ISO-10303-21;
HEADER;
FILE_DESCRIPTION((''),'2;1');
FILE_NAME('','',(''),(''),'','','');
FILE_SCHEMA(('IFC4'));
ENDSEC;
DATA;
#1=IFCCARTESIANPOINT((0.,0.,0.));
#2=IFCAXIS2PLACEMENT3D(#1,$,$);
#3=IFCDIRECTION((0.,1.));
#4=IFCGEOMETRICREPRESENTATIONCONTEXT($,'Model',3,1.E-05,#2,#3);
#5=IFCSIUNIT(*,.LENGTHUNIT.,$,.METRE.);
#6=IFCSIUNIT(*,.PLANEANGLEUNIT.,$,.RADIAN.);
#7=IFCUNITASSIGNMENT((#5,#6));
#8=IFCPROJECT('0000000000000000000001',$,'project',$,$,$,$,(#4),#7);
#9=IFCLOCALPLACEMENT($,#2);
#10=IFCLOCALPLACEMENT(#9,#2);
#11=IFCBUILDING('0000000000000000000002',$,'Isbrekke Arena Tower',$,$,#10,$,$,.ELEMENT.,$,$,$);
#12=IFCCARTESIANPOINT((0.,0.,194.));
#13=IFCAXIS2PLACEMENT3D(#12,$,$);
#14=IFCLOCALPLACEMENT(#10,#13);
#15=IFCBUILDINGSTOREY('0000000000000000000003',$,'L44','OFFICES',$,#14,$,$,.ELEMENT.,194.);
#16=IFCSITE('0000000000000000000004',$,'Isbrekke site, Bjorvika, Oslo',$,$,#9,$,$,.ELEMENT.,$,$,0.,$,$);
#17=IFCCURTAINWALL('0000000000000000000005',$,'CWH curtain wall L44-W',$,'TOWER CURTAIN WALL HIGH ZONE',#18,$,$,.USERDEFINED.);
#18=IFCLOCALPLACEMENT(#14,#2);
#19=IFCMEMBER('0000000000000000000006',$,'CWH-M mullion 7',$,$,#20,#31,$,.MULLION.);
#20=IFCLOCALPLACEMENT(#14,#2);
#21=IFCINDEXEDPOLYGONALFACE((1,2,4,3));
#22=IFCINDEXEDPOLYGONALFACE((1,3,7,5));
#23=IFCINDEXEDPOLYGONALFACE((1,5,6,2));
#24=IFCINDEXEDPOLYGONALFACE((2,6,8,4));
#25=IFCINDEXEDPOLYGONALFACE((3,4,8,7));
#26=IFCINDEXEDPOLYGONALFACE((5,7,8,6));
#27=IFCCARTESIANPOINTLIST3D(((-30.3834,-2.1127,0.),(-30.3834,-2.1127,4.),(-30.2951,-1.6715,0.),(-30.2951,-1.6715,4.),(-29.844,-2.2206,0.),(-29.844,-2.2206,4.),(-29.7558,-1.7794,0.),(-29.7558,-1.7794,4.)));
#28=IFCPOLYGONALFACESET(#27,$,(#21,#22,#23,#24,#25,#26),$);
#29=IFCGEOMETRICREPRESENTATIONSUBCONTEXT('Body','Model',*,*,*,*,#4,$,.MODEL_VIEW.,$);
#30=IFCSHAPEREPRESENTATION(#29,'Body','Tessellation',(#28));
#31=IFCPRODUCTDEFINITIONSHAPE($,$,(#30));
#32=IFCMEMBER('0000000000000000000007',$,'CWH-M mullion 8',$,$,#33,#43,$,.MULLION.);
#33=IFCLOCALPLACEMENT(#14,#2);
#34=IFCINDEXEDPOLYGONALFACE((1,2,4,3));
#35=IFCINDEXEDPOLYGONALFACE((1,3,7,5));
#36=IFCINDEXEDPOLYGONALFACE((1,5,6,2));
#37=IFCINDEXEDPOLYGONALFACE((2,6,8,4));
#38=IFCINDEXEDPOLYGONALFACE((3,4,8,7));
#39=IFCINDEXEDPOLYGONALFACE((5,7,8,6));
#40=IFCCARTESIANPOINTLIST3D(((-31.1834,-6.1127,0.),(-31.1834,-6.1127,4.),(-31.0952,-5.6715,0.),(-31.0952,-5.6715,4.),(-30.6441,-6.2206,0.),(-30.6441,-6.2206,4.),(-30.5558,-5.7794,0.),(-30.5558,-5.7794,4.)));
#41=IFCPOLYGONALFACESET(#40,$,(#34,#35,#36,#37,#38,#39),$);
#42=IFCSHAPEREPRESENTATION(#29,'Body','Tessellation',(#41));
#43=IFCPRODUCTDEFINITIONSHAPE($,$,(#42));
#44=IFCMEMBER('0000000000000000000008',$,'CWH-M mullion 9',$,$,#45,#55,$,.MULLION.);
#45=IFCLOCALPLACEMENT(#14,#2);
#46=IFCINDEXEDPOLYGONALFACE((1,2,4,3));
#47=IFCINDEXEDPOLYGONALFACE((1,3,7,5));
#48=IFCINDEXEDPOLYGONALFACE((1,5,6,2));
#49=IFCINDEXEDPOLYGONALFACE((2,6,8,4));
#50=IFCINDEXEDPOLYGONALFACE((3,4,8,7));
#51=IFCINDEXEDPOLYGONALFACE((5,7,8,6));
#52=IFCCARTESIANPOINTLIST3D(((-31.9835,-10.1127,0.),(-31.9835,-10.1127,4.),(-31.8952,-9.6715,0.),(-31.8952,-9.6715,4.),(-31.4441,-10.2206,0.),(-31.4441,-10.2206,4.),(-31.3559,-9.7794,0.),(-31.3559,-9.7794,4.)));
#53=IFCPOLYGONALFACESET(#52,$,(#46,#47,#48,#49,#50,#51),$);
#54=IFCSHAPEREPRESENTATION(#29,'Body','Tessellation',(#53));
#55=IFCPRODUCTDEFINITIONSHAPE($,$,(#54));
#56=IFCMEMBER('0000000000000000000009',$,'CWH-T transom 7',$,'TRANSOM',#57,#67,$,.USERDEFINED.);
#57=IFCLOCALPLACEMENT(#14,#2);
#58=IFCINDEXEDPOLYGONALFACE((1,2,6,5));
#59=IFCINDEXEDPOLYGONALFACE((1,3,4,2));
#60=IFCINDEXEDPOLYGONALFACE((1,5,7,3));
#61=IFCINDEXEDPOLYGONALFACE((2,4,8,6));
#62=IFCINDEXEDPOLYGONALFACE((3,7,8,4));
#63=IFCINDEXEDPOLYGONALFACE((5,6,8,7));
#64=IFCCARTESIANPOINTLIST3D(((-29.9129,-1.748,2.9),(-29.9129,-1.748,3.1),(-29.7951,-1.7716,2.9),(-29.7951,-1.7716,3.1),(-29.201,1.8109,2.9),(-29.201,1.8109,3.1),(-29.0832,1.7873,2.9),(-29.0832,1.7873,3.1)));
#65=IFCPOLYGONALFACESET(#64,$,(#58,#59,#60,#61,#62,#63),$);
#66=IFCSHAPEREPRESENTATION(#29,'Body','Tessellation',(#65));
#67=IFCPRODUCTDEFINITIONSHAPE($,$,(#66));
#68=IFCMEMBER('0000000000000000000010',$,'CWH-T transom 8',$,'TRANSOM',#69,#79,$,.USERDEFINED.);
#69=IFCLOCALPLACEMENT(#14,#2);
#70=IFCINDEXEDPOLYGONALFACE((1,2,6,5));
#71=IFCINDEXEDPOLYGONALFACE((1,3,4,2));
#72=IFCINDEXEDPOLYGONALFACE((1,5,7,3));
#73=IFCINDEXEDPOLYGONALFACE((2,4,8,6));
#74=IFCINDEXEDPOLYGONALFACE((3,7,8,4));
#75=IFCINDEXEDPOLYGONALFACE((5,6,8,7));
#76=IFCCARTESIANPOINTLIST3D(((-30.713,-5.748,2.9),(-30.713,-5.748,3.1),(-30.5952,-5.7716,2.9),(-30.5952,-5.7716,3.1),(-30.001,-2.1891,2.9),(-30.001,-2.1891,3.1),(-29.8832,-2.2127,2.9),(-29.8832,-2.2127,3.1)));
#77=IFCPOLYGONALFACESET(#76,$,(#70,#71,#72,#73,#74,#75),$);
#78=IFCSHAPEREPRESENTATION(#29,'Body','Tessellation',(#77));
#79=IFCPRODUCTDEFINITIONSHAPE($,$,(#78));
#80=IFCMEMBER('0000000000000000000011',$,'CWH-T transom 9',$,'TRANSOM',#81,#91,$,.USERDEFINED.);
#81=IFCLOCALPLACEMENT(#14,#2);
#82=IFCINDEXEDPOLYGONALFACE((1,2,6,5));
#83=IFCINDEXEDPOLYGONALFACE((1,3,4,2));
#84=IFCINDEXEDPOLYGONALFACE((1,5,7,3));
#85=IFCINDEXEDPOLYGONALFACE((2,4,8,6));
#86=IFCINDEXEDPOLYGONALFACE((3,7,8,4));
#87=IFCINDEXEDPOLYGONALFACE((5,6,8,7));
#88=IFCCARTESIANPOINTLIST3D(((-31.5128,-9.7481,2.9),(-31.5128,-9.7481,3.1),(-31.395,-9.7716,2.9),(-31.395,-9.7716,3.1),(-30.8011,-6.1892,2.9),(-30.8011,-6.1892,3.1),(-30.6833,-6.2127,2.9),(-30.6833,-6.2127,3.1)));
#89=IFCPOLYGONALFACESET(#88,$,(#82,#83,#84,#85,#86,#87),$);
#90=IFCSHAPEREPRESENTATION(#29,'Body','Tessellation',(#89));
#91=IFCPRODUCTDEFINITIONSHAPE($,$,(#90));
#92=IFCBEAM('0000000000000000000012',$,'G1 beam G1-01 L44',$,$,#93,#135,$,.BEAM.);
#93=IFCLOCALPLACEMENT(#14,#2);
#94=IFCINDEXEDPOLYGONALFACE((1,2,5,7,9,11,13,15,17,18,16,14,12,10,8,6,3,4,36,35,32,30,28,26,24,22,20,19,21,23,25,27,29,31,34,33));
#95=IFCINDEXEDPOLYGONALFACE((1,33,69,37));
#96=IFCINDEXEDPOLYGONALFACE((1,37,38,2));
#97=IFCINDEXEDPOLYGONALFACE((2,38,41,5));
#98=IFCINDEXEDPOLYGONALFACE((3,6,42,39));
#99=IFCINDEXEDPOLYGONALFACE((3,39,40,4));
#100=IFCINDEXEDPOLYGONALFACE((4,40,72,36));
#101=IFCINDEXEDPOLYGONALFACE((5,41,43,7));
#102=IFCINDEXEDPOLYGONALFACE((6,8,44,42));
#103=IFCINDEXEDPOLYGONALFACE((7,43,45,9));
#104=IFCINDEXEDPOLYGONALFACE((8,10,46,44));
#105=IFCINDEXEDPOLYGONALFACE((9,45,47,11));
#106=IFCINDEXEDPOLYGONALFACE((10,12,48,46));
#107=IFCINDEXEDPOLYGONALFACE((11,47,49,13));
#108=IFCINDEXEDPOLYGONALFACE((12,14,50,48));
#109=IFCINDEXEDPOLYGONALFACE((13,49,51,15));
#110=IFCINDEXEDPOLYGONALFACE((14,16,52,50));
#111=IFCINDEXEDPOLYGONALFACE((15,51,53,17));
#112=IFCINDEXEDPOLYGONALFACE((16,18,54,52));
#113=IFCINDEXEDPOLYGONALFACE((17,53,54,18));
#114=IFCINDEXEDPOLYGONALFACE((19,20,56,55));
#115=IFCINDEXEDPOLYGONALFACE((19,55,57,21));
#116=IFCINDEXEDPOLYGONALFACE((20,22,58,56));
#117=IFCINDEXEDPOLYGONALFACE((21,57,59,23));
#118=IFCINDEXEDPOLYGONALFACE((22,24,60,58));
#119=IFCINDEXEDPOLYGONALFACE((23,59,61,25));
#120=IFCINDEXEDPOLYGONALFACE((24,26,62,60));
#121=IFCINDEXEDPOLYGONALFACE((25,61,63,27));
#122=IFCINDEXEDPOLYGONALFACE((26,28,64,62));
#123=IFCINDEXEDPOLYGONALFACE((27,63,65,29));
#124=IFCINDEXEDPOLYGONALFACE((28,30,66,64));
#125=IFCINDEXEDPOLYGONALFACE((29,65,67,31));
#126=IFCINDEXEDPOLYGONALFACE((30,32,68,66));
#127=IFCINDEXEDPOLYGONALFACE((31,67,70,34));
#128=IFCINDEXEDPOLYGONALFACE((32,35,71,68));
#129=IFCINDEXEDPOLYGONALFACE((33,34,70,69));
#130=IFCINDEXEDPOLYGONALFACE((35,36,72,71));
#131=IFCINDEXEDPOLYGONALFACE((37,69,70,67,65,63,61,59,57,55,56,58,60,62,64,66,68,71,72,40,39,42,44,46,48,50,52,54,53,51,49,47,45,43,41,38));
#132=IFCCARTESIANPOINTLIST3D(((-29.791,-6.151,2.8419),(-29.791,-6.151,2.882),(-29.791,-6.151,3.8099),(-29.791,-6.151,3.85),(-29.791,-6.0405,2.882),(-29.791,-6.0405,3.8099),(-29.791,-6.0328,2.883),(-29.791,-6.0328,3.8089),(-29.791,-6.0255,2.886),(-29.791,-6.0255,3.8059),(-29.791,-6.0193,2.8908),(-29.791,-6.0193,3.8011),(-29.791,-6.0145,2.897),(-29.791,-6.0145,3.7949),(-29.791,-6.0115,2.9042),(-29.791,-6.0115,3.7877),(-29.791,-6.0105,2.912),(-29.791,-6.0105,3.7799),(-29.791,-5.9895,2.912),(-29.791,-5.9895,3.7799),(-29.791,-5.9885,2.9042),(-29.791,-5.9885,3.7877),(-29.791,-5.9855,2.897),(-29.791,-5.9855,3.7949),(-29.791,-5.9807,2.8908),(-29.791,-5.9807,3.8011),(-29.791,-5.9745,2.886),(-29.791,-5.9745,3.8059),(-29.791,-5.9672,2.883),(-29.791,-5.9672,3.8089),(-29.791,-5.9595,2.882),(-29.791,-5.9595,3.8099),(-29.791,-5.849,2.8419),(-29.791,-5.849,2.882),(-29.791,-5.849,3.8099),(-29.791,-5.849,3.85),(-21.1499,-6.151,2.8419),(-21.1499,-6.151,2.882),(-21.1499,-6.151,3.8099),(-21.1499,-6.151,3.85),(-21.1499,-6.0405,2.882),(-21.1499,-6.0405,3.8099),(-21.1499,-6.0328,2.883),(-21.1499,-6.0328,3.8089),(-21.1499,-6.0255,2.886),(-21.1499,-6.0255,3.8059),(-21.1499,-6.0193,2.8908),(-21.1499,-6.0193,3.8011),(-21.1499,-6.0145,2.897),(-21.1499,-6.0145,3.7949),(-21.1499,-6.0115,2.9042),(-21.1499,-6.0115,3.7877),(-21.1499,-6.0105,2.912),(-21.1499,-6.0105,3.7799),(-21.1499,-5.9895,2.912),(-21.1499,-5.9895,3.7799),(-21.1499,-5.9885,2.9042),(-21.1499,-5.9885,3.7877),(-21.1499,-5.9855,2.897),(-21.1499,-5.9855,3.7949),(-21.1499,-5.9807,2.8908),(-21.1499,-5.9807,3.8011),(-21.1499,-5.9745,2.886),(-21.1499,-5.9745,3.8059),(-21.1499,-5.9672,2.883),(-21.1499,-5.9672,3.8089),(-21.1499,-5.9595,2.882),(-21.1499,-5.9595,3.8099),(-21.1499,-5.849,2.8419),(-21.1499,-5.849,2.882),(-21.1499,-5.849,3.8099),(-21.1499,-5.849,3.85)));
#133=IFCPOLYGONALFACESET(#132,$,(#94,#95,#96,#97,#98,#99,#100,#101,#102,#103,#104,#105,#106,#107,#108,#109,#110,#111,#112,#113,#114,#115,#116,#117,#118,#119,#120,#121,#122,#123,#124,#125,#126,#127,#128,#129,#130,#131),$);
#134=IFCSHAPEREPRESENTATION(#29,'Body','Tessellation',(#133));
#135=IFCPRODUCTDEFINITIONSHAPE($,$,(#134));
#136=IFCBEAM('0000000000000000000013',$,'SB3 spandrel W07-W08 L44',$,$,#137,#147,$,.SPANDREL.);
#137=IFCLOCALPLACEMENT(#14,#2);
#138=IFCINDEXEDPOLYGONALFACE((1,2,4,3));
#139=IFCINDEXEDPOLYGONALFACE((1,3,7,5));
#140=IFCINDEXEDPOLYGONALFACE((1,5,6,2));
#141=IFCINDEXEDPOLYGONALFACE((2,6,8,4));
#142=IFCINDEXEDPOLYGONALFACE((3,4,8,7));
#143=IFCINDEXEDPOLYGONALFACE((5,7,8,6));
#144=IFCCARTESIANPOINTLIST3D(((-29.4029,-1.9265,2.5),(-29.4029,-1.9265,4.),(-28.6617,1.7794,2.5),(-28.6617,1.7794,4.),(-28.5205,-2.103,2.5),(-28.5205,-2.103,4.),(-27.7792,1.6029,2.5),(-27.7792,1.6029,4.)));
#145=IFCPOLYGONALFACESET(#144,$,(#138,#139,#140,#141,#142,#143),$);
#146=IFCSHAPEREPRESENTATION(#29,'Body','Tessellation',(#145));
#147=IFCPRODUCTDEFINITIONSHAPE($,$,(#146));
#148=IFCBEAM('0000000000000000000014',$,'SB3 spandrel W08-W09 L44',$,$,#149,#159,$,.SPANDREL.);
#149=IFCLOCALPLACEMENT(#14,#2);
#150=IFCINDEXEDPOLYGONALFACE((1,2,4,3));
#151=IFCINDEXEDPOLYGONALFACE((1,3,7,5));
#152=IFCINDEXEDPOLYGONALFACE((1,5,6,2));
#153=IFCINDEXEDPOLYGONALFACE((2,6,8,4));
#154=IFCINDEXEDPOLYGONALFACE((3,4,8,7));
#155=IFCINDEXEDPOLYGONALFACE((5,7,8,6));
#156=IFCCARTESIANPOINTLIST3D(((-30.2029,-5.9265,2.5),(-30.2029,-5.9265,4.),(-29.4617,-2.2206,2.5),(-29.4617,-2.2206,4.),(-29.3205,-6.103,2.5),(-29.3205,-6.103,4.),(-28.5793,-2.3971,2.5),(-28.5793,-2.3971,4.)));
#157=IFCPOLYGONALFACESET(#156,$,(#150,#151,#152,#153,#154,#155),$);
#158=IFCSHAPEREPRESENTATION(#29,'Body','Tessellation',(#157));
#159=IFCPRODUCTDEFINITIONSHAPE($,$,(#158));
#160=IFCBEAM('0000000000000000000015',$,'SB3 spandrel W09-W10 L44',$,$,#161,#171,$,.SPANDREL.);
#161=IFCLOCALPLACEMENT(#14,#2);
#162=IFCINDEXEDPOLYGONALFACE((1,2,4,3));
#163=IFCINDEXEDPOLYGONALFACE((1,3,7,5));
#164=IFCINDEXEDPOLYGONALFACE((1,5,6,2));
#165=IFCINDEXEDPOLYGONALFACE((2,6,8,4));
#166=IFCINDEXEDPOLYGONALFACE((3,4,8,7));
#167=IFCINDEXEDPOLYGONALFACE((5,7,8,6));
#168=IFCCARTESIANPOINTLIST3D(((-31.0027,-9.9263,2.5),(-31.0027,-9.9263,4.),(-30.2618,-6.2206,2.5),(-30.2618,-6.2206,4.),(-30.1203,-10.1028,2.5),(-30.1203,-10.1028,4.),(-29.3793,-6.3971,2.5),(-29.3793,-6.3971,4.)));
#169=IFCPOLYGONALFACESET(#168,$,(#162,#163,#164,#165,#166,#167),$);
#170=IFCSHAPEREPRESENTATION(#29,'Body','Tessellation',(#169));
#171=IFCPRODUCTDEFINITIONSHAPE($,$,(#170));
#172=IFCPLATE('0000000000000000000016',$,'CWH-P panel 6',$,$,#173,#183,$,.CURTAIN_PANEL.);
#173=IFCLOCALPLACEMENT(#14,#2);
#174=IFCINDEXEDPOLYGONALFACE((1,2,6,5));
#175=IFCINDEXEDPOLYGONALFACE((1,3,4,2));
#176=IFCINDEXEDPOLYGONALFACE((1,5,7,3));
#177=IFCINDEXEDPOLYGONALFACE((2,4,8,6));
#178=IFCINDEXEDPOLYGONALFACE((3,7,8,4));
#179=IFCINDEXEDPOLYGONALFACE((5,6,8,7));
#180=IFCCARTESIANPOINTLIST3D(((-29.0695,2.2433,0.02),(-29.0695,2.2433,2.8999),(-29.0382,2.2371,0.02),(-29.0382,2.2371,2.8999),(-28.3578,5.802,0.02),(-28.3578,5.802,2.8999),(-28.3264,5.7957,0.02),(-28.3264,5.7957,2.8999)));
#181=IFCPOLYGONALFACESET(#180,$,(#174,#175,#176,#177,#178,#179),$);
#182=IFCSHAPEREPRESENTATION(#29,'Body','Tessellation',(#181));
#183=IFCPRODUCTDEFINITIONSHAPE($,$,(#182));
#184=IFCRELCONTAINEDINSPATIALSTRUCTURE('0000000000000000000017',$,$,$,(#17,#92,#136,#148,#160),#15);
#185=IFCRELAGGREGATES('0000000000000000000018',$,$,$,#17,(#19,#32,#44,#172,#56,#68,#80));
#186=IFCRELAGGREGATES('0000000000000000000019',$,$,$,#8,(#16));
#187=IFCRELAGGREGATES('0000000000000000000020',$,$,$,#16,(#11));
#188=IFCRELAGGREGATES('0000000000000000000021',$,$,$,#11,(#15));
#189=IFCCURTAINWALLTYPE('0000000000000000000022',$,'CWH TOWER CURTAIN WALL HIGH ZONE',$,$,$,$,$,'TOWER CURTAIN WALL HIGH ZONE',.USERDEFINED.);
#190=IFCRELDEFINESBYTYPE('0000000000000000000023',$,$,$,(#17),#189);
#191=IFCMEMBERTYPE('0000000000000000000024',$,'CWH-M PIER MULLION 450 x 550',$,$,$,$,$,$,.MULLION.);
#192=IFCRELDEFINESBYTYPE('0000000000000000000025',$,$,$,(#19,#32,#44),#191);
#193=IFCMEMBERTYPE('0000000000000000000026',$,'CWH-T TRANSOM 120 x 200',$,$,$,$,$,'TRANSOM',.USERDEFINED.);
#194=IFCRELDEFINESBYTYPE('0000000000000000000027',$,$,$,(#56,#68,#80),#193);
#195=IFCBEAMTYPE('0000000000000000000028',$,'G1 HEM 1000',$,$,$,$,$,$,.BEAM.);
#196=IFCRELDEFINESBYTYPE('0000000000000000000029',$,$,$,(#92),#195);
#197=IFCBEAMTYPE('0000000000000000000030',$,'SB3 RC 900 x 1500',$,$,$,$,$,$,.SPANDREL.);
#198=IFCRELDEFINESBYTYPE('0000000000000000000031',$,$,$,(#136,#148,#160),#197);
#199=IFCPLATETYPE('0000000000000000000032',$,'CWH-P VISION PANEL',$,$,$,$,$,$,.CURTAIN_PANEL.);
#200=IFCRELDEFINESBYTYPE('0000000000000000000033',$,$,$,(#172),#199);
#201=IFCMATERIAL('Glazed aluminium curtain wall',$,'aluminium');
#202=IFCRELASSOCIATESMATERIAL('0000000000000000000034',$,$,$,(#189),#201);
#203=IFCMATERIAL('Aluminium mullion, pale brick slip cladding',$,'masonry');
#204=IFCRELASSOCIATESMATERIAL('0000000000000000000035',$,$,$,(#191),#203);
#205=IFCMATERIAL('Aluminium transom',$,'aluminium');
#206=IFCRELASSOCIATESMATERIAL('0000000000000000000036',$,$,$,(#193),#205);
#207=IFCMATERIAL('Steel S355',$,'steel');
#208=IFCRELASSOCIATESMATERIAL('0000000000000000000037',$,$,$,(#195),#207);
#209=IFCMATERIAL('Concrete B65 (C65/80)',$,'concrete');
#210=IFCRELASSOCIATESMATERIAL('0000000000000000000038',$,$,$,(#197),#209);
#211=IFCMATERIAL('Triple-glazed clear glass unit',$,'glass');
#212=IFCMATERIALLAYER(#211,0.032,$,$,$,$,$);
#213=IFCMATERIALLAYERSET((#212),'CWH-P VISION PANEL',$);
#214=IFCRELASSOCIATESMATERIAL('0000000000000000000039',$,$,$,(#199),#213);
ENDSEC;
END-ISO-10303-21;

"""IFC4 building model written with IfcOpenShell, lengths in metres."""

from ifc_helpers import new_model, si_unit, direction, frame, origin, origin_2d, place, context, subcontext, project, spatial, rectangle, i_section, extrude, material, layer, layer_set, material_profile, profile_set, type_object, element, aggregate, save


model = new_model("IFC4")

# Units and contexts
model_context = context("Model", 3, precision=1e-05, world=origin(), true_north=direction((0.0, 1.0)))
body_context = subcontext(model_context, "Body", "Model", "MODEL_VIEW")
ifc_project = project(units=[si_unit("LENGTHUNIT", "METRE"), si_unit("PLANEANGLEUNIT", "RADIAN")], contexts=[model_context])

# Site, building, storey
site_placement = place(None, origin())
site = spatial("IfcSite", under=ifc_project, at=site_placement, Name="Isbrekke site, Bjorvika, Oslo", CompositionType="ELEMENT", RefElevation=0.0)
building_placement = place(site_placement, origin())
building = spatial("IfcBuilding", under=site, at=building_placement, Name="Isbrekke Arena Tower", CompositionType="ELEMENT")
storey_placement = place(building_placement, frame((0.0, 0.0, 194.0)))
storey = spatial("IfcBuildingStorey", under=building, at=storey_placement, Name="L44", Description="OFFICES", CompositionType="ELEMENT", Elevation=194.0)

# Curtain wall, members
ifc_material_1 = material(Name="Glazed aluminium curtain wall", Category="aluminium")
curtain_wall_type = type_object("IfcCurtainWallType", Name="CWH TOWER CURTAIN WALL HIGH ZONE", ElementType="TOWER CURTAIN WALL HIGH ZONE", PredefinedType="USERDEFINED", material=ifc_material_1)
curtain_wall_placement = place(storey_placement, origin())
curtain_wall = element("IfcCurtainWall", 1, at=curtain_wall_placement, inside=storey, type_object=curtain_wall_type, Name="CWH curtain wall L44-W", ObjectType="TOWER CURTAIN WALL HIGH ZONE", PredefinedType="USERDEFINED")
ifc_material_2 = material(Name="Aluminium mullion, pale brick slip cladding", Category="masonry")
ifc_material_profile_1 = material_profile(ifc_material_2, rectangle(XDim=0.45, YDim=0.55, at=origin_2d()), Name="PIER 450X550")
ifc_profile_set_1 = profile_set([ifc_material_profile_1], Name="Aluminium mullion, pale brick slip cladding")
member_type_1 = type_object("IfcMemberType", Name="CWH-M PIER MULLION 450 x 550", PredefinedType="MULLION", material=ifc_profile_set_1)
member_1_placement = place(storey_placement, frame((-30.0696, -1.946, 0.0), z_axis=(0.0, 0.0, 1.0), x_axis=(-0.196116, -0.980581, 0.0)))
member_1 = element("IfcMember", 2, at=member_1_placement, type_object=member_type_1, Name="CWH-M mullion 7", PredefinedType="MULLION", context=body_context, shape_type="SweptSolid", body=[
    extrude(rectangle(XDim=0.45, YDim=0.55, at=origin_2d()), origin(), (0.0, 0.0, 1.0), 4.0),
])
member_2_placement = place(storey_placement, frame((-30.8696, -5.946, 0.0), z_axis=(0.0, 0.0, 1.0), x_axis=(-0.196116, -0.980581, 0.0)))
member_2 = element("IfcMember", 3, at=member_2_placement, type_object=member_type_1, Name="CWH-M mullion 8", PredefinedType="MULLION", context=body_context, shape_type="SweptSolid", body=[
    extrude(rectangle(XDim=0.45, YDim=0.55, at=origin_2d()), origin(), (0.0, 0.0, 1.0), 4.0),
])
member_3_placement = place(storey_placement, frame((-31.6697, -9.946, 0.0), z_axis=(0.0, 0.0, 1.0), x_axis=(-0.196116, -0.980581, 0.0)))
member_3 = element("IfcMember", 4, at=member_3_placement, type_object=member_type_1, Name="CWH-M mullion 9", PredefinedType="MULLION", context=body_context, shape_type="SweptSolid", body=[
    extrude(rectangle(XDim=0.45, YDim=0.55, at=origin_2d()), origin(), (0.0, 0.0, 1.0), 4.0),
])
ifc_material_3 = material(Name="Aluminium transom", Category="aluminium")
ifc_material_profile_2 = material_profile(ifc_material_3, rectangle(XDim=0.1201, YDim=0.2, at=origin_2d()), Name="TRANSOM 120X200")
ifc_profile_set_2 = profile_set([ifc_material_profile_2], Name="Aluminium transom")
member_type_2 = type_object("IfcMemberType", Name="CWH-T TRANSOM 120 x 200", ElementType="TRANSOM", PredefinedType="USERDEFINED", material=ifc_profile_set_2)
member_4_placement = place(storey_placement, frame((-29.1421, 1.7991, 3.0), z_axis=(-0.196155, -0.980573, 0.0), x_axis=(0.980573, -0.196155, 0.0)))
member_4 = element("IfcMember", 5, at=member_4_placement, type_object=member_type_2, Name="CWH-T transom 7", ObjectType="TRANSOM", PredefinedType="USERDEFINED", context=body_context, shape_type="SweptSolid", body=[
    extrude(rectangle(XDim=0.1201, YDim=0.2, at=origin_2d()), origin(), (0.0, 0.0, 1.0), 3.6294),
])
member_5_placement = place(storey_placement, frame((-29.9421, -2.2009, 3.0), z_axis=(-0.196155, -0.980573, 0.0), x_axis=(0.980573, -0.196155, 0.0)))
member_5 = element("IfcMember", 6, at=member_5_placement, type_object=member_type_2, Name="CWH-T transom 8", ObjectType="TRANSOM", PredefinedType="USERDEFINED", context=body_context, shape_type="SweptSolid", body=[
    extrude(rectangle(XDim=0.1201, YDim=0.2, at=origin_2d()), origin(), (0.0, 0.0, 1.0), 3.6294),
])
member_6_placement = place(storey_placement, frame((-30.7422, -6.2009, 3.0), z_axis=(-0.19609, -0.980586, 0.0), x_axis=(0.980586, -0.19609, 0.0)))
member_6 = element("IfcMember", 7, at=member_6_placement, type_object=member_type_2, Name="CWH-T transom 9", ObjectType="TRANSOM", PredefinedType="USERDEFINED", context=body_context, shape_type="SweptSolid", body=[
    extrude(rectangle(XDim=0.1201, YDim=0.2, at=origin_2d()), origin(), (0.0, 0.0, 1.0), 3.6294),
])

# Beams
ifc_material_4 = material(Name="Steel S355", Category="steel")
ifc_material_profile_3 = material_profile(ifc_material_4, i_section(OverallWidth=0.302, OverallDepth=1.0081, WebThickness=0.021, FlangeThickness=0.04, FilletRadius=0.03, at=origin_2d()), Name="HEM 1000")
ifc_profile_set_3 = profile_set([ifc_material_profile_3], Name="Steel S355")
beam_type_1 = type_object("IfcBeamType", Name="G1 HEM 1000", PredefinedType="BEAM", material=ifc_profile_set_3)
beam_1_placement = place(storey_placement, frame((-29.791, -6.0, 3.3459), z_axis=(1.0, 0.0, 0.0), x_axis=(0.0, 1.0, 0.0)))
element("IfcBeam", 8, at=beam_1_placement, inside=storey, type_object=beam_type_1, Name="G1 beam G1-01 L44", PredefinedType="BEAM", context=body_context, shape_type="SweptSolid", body=[
    extrude(i_section(OverallWidth=0.302, OverallDepth=1.0081, WebThickness=0.021, FlangeThickness=0.04, FilletRadius=0.03, at=origin_2d()), origin(), (0.0, 0.0, 1.0), 8.6411),
])
ifc_material_5 = material(Name="Concrete B65 (C65/80)", Category="concrete")
ifc_material_profile_4 = material_profile(ifc_material_5, rectangle(XDim=0.8999, YDim=1.5, at=origin_2d()), Name="RC 900x1500")
ifc_profile_set_4 = profile_set([ifc_material_profile_4], Name="Concrete B65 (C65/80)")
beam_type_2 = type_object("IfcBeamType", Name="SB3 RC 900 x 1500", PredefinedType="SPANDREL", material=ifc_profile_set_4)
for number, where, z_axis, x_axis, name in (
    (9, (-28.2205, 1.6912, 3.25), (-0.196129, -0.980578, 0.0), (0.980578, -0.196129, 0.0), "SB3 spandrel W07-W08 L44"),
    (10, (-29.0205, -2.3088, 3.25), (-0.196129, -0.980578, 0.0), (0.980578, -0.196129, 0.0), "SB3 spandrel W08-W09 L44"),
):
    element("IfcBeam", number, at=place(storey_placement, frame(where, z_axis=z_axis, x_axis=x_axis)), inside=storey, type_object=beam_type_2, Name=name, PredefinedType="SPANDREL", context=body_context, shape_type="SweptSolid", body=[
        extrude(rectangle(XDim=0.8999, YDim=1.5, at=origin_2d()), origin(), (0.0, 0.0, 1.0), 3.7793),
    ])
beam_2_placement = place(storey_placement, frame((-29.8206, -6.3088, 3.25), z_axis=(-0.196066, -0.980591, 0.0), x_axis=(0.980591, -0.196066, 0.0)))
element("IfcBeam", 11, at=beam_2_placement, inside=storey, type_object=beam_type_2, Name="SB3 spandrel W09-W10 L44", PredefinedType="SPANDREL", context=body_context, shape_type="SweptSolid", body=[
    extrude(rectangle(XDim=0.8999, YDim=1.5, at=origin_2d()), origin(), (0.0, 0.0, 1.0), 3.7791),
])

# Plate
ifc_material_6 = material(Name="Triple-glazed clear glass unit", Category="glass")
ifc_layer_1 = layer(ifc_material_6, 0.032)
ifc_layer_set_1 = layer_set([ifc_layer_1], Name="CWH-P VISION PANEL")
plate_type = type_object("IfcPlateType", Name="CWH-P VISION PANEL", PredefinedType="CURTAIN_PANEL", material=ifc_layer_set_1)
plate_1_placement = place(storey_placement, frame((-28.698, 4.0195, 0.02), z_axis=(0.0, 0.0, 1.0), x_axis=(-0.196116, -0.980581, 0.0)))
plate_1 = element("IfcPlate", 12, at=plate_1_placement, type_object=plate_type, Name="CWH-P panel 6", PredefinedType="CURTAIN_PANEL", context=body_context, shape_type="SweptSolid", body=[
    extrude(rectangle(XDim=3.6292, YDim=0.032, at=origin_2d()), origin(), (0.0, 0.0, 1.0), 2.8799),
])
aggregate(curtain_wall, [member_1, member_2, member_3, plate_1, member_4, member_5, member_6])

save(model, "model.ifc")
